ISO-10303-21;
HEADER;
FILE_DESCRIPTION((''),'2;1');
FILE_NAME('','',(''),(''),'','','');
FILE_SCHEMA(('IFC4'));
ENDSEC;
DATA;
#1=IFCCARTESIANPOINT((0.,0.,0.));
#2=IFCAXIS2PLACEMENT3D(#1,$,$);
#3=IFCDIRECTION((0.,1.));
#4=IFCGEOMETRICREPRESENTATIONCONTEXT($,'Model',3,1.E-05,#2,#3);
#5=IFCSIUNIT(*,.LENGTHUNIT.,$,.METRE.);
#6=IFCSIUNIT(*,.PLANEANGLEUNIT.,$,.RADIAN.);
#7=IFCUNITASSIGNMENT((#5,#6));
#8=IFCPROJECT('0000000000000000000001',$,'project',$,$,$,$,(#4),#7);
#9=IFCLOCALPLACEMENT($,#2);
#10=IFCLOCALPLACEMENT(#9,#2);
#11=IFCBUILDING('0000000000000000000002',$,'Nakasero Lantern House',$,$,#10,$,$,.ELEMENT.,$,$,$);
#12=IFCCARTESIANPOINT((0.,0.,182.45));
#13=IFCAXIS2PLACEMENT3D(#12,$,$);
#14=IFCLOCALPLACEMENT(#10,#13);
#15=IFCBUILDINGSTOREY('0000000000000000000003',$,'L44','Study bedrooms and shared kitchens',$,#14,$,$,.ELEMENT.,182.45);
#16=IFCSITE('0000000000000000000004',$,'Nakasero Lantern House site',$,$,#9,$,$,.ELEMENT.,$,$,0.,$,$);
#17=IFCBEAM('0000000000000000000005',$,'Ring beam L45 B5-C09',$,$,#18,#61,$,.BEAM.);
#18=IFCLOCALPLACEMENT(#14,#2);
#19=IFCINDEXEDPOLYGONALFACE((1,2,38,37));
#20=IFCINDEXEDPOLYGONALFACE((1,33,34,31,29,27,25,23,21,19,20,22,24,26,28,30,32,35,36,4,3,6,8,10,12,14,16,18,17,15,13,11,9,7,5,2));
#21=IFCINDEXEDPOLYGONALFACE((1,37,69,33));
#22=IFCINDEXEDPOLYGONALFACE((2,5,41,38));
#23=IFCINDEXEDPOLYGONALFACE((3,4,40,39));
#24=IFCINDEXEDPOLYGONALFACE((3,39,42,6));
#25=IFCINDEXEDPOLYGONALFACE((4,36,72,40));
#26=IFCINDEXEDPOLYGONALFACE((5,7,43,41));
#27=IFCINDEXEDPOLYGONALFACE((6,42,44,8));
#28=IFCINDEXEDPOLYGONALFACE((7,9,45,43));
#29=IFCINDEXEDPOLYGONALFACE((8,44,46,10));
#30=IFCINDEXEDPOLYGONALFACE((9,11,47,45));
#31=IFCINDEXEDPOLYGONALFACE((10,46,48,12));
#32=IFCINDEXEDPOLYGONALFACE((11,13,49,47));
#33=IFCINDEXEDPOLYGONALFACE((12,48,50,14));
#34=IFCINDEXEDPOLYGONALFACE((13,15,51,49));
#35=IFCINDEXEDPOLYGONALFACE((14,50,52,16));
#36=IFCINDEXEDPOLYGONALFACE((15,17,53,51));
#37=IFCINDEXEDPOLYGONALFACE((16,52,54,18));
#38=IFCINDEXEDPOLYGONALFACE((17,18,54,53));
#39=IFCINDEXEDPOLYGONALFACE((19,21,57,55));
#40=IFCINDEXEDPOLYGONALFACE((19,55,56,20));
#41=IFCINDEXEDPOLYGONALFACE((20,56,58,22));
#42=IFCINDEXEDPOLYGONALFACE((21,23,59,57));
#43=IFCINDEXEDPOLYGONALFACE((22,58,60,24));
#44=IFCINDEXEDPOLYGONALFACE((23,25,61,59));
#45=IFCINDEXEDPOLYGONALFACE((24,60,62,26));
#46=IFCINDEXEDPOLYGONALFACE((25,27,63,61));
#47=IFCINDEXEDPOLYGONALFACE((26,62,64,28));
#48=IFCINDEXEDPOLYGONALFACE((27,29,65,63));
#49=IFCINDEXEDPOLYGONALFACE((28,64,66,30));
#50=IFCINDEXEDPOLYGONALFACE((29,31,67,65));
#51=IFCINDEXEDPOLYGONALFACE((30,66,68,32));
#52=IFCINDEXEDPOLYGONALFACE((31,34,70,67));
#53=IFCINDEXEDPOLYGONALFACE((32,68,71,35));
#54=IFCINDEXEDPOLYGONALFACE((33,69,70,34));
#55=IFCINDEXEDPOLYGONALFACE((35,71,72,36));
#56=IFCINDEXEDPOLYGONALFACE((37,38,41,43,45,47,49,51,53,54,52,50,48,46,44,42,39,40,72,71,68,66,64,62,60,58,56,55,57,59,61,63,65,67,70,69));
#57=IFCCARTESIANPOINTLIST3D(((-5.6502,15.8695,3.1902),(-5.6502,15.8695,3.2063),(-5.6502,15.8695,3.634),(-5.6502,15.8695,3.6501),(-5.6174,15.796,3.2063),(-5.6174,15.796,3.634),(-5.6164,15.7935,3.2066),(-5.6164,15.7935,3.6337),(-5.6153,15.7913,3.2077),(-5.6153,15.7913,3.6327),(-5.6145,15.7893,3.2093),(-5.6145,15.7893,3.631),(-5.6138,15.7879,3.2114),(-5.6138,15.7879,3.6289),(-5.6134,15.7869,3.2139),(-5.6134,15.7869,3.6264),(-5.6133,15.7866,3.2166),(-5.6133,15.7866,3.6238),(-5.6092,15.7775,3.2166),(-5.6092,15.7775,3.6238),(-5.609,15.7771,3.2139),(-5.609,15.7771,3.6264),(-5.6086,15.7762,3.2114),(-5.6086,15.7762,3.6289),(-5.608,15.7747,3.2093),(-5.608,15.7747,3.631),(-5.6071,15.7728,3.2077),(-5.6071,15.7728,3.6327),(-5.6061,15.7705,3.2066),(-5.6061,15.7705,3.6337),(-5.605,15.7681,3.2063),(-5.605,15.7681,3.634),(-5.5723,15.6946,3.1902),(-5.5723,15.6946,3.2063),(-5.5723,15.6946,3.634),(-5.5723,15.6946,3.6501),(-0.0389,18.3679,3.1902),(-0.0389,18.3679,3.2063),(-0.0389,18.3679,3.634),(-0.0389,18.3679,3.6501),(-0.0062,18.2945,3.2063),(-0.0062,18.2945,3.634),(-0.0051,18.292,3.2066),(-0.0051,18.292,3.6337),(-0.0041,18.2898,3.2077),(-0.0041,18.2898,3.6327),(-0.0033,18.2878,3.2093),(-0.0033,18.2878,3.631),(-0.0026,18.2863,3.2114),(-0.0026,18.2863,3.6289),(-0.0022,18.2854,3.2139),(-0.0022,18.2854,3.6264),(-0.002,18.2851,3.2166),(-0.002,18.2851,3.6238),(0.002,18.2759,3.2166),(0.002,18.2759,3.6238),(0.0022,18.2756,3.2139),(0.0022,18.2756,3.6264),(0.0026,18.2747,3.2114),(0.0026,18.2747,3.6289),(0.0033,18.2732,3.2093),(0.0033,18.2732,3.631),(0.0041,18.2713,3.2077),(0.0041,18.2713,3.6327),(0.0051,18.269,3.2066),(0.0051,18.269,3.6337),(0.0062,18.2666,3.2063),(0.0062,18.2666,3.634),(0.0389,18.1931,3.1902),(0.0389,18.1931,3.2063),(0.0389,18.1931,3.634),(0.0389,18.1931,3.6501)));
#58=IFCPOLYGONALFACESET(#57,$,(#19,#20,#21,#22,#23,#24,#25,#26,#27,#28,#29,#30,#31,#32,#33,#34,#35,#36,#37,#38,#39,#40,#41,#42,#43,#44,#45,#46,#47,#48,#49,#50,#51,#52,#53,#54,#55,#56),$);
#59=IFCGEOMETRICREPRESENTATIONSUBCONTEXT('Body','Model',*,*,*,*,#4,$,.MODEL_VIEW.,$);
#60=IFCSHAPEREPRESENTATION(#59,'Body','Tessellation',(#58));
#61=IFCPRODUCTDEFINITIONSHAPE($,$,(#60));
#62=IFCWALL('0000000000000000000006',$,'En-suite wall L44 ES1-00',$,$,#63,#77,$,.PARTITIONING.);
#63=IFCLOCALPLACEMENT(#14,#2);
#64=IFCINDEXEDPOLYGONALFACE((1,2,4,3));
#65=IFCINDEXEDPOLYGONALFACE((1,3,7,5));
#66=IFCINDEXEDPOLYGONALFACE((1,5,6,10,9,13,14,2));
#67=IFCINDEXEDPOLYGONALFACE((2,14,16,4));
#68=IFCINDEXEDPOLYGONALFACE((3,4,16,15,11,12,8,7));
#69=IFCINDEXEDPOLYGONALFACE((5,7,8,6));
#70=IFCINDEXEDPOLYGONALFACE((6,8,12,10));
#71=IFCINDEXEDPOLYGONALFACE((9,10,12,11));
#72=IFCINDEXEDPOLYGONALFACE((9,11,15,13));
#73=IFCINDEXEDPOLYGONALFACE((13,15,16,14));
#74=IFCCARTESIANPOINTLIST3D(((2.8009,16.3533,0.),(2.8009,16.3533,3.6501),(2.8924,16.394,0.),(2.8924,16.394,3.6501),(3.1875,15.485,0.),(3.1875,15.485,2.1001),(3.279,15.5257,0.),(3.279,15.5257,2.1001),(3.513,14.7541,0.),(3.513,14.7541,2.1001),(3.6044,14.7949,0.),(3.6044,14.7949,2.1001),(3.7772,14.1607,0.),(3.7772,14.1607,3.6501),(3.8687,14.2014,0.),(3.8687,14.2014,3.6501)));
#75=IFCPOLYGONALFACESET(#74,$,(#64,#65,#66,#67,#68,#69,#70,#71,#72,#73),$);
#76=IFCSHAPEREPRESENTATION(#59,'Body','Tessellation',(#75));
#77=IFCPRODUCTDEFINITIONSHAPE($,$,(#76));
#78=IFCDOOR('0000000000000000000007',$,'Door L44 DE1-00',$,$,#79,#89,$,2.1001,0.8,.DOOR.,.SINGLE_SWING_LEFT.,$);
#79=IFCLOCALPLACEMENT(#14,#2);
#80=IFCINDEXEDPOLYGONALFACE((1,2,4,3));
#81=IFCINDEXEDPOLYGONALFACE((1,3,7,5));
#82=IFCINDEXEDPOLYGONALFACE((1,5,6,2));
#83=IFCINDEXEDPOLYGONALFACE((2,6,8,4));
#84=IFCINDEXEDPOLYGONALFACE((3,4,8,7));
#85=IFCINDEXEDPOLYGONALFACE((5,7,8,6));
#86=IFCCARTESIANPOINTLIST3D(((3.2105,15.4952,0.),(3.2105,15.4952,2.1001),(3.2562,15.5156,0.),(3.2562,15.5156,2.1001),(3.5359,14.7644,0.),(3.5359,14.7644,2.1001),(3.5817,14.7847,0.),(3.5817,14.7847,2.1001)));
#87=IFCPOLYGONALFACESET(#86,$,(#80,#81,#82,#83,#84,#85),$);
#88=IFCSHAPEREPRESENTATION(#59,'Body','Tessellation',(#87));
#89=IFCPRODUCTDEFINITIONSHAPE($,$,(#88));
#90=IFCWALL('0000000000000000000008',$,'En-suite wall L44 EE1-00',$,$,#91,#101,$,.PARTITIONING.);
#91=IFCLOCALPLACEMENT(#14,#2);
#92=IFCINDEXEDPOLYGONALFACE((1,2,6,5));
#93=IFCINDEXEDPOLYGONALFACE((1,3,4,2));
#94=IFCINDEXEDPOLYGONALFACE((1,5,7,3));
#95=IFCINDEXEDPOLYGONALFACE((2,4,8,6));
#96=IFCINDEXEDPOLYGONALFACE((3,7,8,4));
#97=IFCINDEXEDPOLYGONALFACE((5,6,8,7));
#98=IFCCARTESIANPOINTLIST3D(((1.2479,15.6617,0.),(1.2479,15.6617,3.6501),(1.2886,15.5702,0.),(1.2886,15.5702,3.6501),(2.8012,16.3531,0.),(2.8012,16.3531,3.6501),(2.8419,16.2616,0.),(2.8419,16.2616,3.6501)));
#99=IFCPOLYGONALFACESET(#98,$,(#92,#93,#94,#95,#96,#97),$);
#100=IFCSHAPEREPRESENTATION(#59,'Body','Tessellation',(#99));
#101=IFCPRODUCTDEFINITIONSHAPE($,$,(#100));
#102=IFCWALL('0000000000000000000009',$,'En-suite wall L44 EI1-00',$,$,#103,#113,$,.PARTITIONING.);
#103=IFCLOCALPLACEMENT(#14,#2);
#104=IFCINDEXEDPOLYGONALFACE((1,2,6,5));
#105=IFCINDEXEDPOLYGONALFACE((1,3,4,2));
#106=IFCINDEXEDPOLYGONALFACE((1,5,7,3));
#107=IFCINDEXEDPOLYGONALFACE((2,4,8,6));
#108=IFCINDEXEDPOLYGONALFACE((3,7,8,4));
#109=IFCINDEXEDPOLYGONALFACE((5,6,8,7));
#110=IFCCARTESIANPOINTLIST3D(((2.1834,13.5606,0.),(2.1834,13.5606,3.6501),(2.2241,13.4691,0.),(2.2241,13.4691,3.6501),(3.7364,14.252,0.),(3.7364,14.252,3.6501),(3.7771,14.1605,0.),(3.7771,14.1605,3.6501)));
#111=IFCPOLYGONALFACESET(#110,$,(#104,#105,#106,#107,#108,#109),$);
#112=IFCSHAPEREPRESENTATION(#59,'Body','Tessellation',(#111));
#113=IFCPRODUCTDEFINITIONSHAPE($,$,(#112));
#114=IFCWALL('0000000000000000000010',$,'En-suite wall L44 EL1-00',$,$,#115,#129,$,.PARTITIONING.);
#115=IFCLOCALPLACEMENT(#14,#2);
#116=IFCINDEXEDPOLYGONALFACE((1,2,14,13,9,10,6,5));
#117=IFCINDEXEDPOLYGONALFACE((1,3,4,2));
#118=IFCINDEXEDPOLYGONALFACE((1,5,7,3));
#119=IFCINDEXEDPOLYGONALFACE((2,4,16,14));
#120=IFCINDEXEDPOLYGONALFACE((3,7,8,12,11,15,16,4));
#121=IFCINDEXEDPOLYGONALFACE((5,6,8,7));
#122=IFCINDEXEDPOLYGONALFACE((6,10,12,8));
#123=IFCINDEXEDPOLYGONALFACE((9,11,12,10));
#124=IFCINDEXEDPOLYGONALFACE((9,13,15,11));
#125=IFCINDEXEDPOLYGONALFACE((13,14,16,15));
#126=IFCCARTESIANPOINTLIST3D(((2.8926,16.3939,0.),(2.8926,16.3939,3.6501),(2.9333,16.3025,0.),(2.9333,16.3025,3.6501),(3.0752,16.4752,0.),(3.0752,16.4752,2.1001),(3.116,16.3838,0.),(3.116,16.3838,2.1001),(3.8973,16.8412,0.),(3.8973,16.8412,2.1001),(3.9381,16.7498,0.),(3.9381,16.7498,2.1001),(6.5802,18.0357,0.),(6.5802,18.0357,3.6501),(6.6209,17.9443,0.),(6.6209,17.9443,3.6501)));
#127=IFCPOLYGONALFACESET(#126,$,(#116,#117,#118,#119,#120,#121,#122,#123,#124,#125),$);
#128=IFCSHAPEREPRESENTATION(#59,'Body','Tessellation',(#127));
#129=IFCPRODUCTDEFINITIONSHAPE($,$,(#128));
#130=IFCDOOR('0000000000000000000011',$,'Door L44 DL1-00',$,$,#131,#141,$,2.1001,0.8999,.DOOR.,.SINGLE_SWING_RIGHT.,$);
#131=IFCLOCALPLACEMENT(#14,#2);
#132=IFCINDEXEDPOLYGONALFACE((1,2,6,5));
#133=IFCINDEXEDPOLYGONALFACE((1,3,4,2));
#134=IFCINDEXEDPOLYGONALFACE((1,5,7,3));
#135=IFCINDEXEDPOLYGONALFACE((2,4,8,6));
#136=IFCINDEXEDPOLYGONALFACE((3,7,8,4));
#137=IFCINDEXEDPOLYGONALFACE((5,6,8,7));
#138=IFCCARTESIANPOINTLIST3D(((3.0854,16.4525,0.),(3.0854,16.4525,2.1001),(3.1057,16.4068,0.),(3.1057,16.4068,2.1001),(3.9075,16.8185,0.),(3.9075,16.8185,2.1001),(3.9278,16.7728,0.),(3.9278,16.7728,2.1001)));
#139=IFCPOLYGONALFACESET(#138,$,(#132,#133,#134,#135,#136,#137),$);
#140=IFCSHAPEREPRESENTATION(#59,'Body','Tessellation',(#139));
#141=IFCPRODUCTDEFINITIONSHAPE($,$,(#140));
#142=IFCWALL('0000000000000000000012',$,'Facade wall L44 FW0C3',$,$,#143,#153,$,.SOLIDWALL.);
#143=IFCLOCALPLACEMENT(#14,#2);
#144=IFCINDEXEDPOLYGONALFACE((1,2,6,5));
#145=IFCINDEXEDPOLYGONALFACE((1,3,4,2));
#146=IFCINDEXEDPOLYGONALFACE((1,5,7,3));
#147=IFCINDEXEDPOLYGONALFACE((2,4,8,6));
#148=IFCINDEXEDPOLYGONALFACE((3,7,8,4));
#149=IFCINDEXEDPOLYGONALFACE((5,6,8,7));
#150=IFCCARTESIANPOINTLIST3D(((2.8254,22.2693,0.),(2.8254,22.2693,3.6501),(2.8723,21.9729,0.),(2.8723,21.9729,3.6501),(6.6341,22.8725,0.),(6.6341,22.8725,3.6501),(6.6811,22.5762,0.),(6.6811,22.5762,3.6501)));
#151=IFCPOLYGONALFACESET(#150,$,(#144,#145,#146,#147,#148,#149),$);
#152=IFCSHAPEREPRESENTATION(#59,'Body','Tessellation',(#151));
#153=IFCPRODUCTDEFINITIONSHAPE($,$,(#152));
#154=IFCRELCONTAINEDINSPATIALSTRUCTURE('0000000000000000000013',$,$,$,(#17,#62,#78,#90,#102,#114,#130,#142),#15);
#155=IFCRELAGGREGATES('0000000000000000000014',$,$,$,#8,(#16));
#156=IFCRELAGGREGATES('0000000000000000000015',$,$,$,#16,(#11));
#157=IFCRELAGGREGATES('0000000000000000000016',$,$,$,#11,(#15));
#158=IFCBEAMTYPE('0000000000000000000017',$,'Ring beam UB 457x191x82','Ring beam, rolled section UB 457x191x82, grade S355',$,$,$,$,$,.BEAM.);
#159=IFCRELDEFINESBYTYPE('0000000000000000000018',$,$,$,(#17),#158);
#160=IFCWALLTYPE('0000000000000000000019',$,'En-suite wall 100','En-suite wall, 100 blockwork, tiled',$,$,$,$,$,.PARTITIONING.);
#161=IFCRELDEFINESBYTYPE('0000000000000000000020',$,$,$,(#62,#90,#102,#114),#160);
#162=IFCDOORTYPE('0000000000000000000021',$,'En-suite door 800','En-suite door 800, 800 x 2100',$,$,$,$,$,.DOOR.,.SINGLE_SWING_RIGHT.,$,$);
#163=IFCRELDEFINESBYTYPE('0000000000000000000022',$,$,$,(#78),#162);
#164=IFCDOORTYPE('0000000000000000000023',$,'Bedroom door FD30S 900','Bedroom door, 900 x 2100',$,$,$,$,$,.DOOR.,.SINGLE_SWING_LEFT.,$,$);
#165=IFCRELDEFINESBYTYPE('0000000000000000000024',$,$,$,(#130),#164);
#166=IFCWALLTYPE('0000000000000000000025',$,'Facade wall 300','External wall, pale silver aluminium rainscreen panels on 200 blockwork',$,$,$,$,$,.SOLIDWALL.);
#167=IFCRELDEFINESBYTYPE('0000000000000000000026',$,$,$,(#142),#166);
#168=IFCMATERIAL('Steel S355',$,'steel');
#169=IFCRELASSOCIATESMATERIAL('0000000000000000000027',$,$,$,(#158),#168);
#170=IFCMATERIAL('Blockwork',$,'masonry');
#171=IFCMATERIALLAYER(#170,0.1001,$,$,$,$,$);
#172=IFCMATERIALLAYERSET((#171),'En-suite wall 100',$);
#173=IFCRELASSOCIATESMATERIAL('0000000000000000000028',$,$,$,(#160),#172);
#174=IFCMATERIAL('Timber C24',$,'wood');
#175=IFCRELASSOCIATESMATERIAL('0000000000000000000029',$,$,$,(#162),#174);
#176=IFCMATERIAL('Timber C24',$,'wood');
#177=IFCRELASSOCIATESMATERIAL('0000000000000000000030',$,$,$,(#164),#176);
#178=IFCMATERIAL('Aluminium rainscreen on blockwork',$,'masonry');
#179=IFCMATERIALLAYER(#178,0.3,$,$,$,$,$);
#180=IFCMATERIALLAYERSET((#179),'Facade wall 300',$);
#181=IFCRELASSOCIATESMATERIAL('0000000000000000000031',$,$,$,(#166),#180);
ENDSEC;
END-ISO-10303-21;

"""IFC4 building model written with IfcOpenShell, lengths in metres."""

from ifc_helpers import new_model, si_unit, direction, frame, frame_2d, origin, origin_2d, place, context, subcontext, project, spatial, rectangle, i_section, extrude, material, layer, layer_set, material_profile, profile_set, type_object, element, fill, save


model = new_model("IFC4")

# Units and contexts
model_context = context("Model", 3, precision=1e-05, world=origin(), true_north=direction((0.0, 1.0)))
body_context = subcontext(model_context, "Body", "Model", "MODEL_VIEW")
ifc_project = project(units=[si_unit("LENGTHUNIT", "METRE"), si_unit("PLANEANGLEUNIT", "RADIAN")], contexts=[model_context])

# Site, building, storey
site_placement = place(None, origin())
site = spatial("IfcSite", under=ifc_project, at=site_placement, Name="Nakasero Lantern House site", CompositionType="ELEMENT", RefElevation=0.0)
building_placement = place(site_placement, origin())
building = spatial("IfcBuilding", under=site, at=building_placement, Name="Nakasero Lantern House", CompositionType="ELEMENT")
storey_placement = place(building_placement, frame((0.0, 0.0, 182.45)))
storey = spatial("IfcBuildingStorey", under=building, at=storey_placement, Name="L44", Description="Study bedrooms and shared kitchens", CompositionType="ELEMENT", Elevation=182.45)

# Beam
ifc_material_1 = material(Name="Steel S355", Category="steel")
ifc_material_profile_1 = material_profile(ifc_material_1, i_section(OverallWidth=0.1914, OverallDepth=0.46, WebThickness=0.01, FlangeThickness=0.0161, FilletRadius=0.0103, at=origin_2d()), Name="UB 457x191x82")
ifc_profile_set_1 = profile_set([ifc_material_profile_1], Name="Steel S355")
beam_type_1 = type_object("IfcBeamType", Name="Ring beam UB 457x191x82", Description="Ring beam, rolled section UB 457x191x82, grade S355", PredefinedType="BEAM", material=ifc_profile_set_1)
beam_1_placement = place(storey_placement, frame((0.0, 18.2805, 3.4202), z_axis=(-0.913533, -0.406765, 0.0), x_axis=(0.406765, -0.913533, 0.0)))
element("IfcBeam", 1, at=beam_1_placement, inside=storey, type_object=beam_type_1, Name="Ring beam L45 B5-C09", PredefinedType="BEAM", context=body_context, shape_type="SweptSolid", body=[
    extrude(i_section(OverallWidth=0.1914, OverallDepth=0.46, WebThickness=0.01, FlangeThickness=0.0161, FilletRadius=0.0103, at=origin_2d()), origin(), (0.0, 0.0, 1.0), 6.1423),
])

# Wall, opening, door
ifc_material_2 = material(Name="Blockwork", Category="masonry")
ifc_layer_1 = layer(ifc_material_2, 0.1001)
ifc_layer_set_1 = layer_set([ifc_layer_1], Name="En-suite wall 100")
wall_type_1 = type_object("IfcWallType", Name="En-suite wall 100", Description="En-suite wall, 100 blockwork, tiled", PredefinedType="PARTITIONING", material=ifc_layer_set_1)
wall_1_placement = place(storey_placement, frame((3.823, 14.1809, 0.0), z_axis=(0.0, 0.0, 1.0), x_axis=(-0.406771, 0.91353, 0.0)))
wall_1 = element("IfcWall", 2, at=wall_1_placement, inside=storey, type_object=wall_type_1, Name="En-suite wall L44 ES1-00", PredefinedType="PARTITIONING", context=body_context, shape_type="SweptSolid", body=[
    extrude(rectangle(XDim=2.4001, YDim=0.1001, at=frame_2d((1.2002, 0.0))), origin(), (0.0, 0.0, 1.0), 3.6501),
])
opening_1_placement = place(wall_1_placement, frame((0.6499, 0.0, 0.0)))
opening_1 = element("IfcOpeningElement", 3, at=opening_1_placement, cuts=wall_1, PredefinedType="OPENING", context=body_context, shape_type="SweptSolid", body=[
    extrude(rectangle(XDim=0.8, YDim=2.1001, at=frame_2d((0.3999, 1.05))), frame((0.0, 0.0701, 0.0), z_axis=(0.0, -1.0, 0.0), x_axis=(1.0, 0.0, 0.0)), (0.0, 0.0, 1.0), 0.1401),
])
ifc_material_3 = material(Name="Timber C24", Category="wood")
door_type_1 = type_object("IfcDoorType", Name="En-suite door 800", Description="En-suite door 800, 800 x 2100", OperationType="SINGLE_SWING_RIGHT", PredefinedType="DOOR", material=ifc_material_3)
door_1_placement = place(opening_1_placement, origin())
door_1 = element("IfcDoor", 4, at=door_1_placement, inside=storey, type_object=door_type_1, Name="Door L44 DE1-00", OperationType="SINGLE_SWING_LEFT", OverallHeight=2.1001, OverallWidth=0.8, PredefinedType="DOOR", context=body_context, shape_type="SweptSolid", body=[
    extrude(rectangle(XDim=0.8, YDim=2.1001, at=frame_2d((0.3999, 1.05))), frame((0.0, 0.0249, 0.0), z_axis=(0.0, -1.0, 0.0), x_axis=(1.0, 0.0, 0.0)), (0.0, 0.0, 1.0), 0.05),
])
fill(opening_1, door_1)

# Walls
wall_2_placement = place(storey_placement, frame((2.8215, 16.3074, 0.0), z_axis=(0.0, 0.0, 1.0), x_axis=(-0.913575, -0.406671, 0.0)))
element("IfcWall", 5, at=wall_2_placement, inside=storey, type_object=wall_type_1, Name="En-suite wall L44 EE1-00", PredefinedType="PARTITIONING", context=body_context, shape_type="SweptSolid", body=[
    extrude(rectangle(XDim=1.7002, YDim=0.1001, at=frame_2d((0.8501, 0.0))), origin(), (0.0, 0.0, 1.0), 3.6501),
])
wall_3_placement = place(storey_placement, frame((3.7568, 14.2063, 0.0), z_axis=(0.0, 0.0, 1.0), x_axis=(-0.913551, -0.406725, 0.0)))
element("IfcWall", 6, at=wall_3_placement, inside=storey, type_object=wall_type_1, Name="En-suite wall L44 EI1-00", PredefinedType="PARTITIONING", context=body_context, shape_type="SweptSolid", body=[
    extrude(rectangle(XDim=1.7, YDim=0.1001, at=frame_2d((0.8501, 0.0))), origin(), (0.0, 0.0, 1.0), 3.6501),
])

# Wall, opening, door
wall_4_placement = place(storey_placement, frame((6.6006, 17.99, 0.0), z_axis=(0.0, 0.0, 1.0), x_axis=(-0.913549, -0.406728, 0.0)))
wall_4 = element("IfcWall", 7, at=wall_4_placement, inside=storey, type_object=wall_type_1, Name="En-suite wall L44 EL1-00", PredefinedType="PARTITIONING", context=body_context, shape_type="SweptSolid", body=[
    extrude(rectangle(XDim=4.0366, YDim=0.1001, at=frame_2d((2.0183, 0.0))), origin(), (0.0, 0.0, 1.0), 3.6501),
])
opening_2_placement = place(wall_4_placement, frame((2.9368, 0.0, 0.0)))
opening_2 = element("IfcOpeningElement", 8, at=opening_2_placement, cuts=wall_4, PredefinedType="OPENING", context=body_context, shape_type="SweptSolid", body=[
    extrude(rectangle(XDim=0.8999, YDim=2.1001, at=frame_2d((0.45, 1.05))), frame((0.0, 0.0701, 0.0), z_axis=(0.0, -1.0, 0.0), x_axis=(1.0, 0.0, 0.0)), (0.0, 0.0, 1.0), 0.1401),
])
ifc_material_4 = material(Name="Timber C24", Category="wood")
door_type_2 = type_object("IfcDoorType", Name="Bedroom door FD30S 900", Description="Bedroom door, 900 x 2100", OperationType="SINGLE_SWING_LEFT", PredefinedType="DOOR", material=ifc_material_4)
door_2_placement = place(opening_2_placement, origin())
door_2 = element("IfcDoor", 9, at=door_2_placement, inside=storey, type_object=door_type_2, Name="Door L44 DL1-00", OperationType="SINGLE_SWING_RIGHT", OverallHeight=2.1001, OverallWidth=0.8999, PredefinedType="DOOR", context=body_context, shape_type="SweptSolid", body=[
    extrude(rectangle(XDim=0.8999, YDim=2.1001, at=frame_2d((0.45, 1.05))), frame((0.0, 0.0249, 0.0), z_axis=(0.0, -1.0, 0.0), x_axis=(1.0, 0.0, 0.0)), (0.0, 0.0, 1.0), 0.05),
])
fill(opening_2, door_2)

# Wall
ifc_material_5 = material(Name="Aluminium rainscreen on blockwork", Category="masonry")
ifc_layer_2 = layer(ifc_material_5, 0.3)
ifc_layer_set_2 = layer_set([ifc_layer_2], Name="Facade wall 300")
wall_type_2 = type_object("IfcWallType", Name="Facade wall 300", Description="External wall, pale silver aluminium rainscreen panels on 200 blockwork", PredefinedType="SOLIDWALL", material=ifc_layer_set_2)
wall_5_placement = place(storey_placement, frame((6.6577, 22.7244, 0.0), z_axis=(0.0, 0.0, 1.0), x_axis=(-0.987688, -0.156437, 0.0)))
element("IfcWall", 10, at=wall_5_placement, inside=storey, type_object=wall_type_2, Name="Facade wall L44 FW0C3", PredefinedType="SOLIDWALL", context=body_context, shape_type="SweptSolid", body=[
    extrude(rectangle(XDim=3.8562, YDim=0.3, at=frame_2d((1.9282, 0.0))), origin(), (0.0, 0.0, 1.0), 3.6501),
])

save(model, "model.ifc")
